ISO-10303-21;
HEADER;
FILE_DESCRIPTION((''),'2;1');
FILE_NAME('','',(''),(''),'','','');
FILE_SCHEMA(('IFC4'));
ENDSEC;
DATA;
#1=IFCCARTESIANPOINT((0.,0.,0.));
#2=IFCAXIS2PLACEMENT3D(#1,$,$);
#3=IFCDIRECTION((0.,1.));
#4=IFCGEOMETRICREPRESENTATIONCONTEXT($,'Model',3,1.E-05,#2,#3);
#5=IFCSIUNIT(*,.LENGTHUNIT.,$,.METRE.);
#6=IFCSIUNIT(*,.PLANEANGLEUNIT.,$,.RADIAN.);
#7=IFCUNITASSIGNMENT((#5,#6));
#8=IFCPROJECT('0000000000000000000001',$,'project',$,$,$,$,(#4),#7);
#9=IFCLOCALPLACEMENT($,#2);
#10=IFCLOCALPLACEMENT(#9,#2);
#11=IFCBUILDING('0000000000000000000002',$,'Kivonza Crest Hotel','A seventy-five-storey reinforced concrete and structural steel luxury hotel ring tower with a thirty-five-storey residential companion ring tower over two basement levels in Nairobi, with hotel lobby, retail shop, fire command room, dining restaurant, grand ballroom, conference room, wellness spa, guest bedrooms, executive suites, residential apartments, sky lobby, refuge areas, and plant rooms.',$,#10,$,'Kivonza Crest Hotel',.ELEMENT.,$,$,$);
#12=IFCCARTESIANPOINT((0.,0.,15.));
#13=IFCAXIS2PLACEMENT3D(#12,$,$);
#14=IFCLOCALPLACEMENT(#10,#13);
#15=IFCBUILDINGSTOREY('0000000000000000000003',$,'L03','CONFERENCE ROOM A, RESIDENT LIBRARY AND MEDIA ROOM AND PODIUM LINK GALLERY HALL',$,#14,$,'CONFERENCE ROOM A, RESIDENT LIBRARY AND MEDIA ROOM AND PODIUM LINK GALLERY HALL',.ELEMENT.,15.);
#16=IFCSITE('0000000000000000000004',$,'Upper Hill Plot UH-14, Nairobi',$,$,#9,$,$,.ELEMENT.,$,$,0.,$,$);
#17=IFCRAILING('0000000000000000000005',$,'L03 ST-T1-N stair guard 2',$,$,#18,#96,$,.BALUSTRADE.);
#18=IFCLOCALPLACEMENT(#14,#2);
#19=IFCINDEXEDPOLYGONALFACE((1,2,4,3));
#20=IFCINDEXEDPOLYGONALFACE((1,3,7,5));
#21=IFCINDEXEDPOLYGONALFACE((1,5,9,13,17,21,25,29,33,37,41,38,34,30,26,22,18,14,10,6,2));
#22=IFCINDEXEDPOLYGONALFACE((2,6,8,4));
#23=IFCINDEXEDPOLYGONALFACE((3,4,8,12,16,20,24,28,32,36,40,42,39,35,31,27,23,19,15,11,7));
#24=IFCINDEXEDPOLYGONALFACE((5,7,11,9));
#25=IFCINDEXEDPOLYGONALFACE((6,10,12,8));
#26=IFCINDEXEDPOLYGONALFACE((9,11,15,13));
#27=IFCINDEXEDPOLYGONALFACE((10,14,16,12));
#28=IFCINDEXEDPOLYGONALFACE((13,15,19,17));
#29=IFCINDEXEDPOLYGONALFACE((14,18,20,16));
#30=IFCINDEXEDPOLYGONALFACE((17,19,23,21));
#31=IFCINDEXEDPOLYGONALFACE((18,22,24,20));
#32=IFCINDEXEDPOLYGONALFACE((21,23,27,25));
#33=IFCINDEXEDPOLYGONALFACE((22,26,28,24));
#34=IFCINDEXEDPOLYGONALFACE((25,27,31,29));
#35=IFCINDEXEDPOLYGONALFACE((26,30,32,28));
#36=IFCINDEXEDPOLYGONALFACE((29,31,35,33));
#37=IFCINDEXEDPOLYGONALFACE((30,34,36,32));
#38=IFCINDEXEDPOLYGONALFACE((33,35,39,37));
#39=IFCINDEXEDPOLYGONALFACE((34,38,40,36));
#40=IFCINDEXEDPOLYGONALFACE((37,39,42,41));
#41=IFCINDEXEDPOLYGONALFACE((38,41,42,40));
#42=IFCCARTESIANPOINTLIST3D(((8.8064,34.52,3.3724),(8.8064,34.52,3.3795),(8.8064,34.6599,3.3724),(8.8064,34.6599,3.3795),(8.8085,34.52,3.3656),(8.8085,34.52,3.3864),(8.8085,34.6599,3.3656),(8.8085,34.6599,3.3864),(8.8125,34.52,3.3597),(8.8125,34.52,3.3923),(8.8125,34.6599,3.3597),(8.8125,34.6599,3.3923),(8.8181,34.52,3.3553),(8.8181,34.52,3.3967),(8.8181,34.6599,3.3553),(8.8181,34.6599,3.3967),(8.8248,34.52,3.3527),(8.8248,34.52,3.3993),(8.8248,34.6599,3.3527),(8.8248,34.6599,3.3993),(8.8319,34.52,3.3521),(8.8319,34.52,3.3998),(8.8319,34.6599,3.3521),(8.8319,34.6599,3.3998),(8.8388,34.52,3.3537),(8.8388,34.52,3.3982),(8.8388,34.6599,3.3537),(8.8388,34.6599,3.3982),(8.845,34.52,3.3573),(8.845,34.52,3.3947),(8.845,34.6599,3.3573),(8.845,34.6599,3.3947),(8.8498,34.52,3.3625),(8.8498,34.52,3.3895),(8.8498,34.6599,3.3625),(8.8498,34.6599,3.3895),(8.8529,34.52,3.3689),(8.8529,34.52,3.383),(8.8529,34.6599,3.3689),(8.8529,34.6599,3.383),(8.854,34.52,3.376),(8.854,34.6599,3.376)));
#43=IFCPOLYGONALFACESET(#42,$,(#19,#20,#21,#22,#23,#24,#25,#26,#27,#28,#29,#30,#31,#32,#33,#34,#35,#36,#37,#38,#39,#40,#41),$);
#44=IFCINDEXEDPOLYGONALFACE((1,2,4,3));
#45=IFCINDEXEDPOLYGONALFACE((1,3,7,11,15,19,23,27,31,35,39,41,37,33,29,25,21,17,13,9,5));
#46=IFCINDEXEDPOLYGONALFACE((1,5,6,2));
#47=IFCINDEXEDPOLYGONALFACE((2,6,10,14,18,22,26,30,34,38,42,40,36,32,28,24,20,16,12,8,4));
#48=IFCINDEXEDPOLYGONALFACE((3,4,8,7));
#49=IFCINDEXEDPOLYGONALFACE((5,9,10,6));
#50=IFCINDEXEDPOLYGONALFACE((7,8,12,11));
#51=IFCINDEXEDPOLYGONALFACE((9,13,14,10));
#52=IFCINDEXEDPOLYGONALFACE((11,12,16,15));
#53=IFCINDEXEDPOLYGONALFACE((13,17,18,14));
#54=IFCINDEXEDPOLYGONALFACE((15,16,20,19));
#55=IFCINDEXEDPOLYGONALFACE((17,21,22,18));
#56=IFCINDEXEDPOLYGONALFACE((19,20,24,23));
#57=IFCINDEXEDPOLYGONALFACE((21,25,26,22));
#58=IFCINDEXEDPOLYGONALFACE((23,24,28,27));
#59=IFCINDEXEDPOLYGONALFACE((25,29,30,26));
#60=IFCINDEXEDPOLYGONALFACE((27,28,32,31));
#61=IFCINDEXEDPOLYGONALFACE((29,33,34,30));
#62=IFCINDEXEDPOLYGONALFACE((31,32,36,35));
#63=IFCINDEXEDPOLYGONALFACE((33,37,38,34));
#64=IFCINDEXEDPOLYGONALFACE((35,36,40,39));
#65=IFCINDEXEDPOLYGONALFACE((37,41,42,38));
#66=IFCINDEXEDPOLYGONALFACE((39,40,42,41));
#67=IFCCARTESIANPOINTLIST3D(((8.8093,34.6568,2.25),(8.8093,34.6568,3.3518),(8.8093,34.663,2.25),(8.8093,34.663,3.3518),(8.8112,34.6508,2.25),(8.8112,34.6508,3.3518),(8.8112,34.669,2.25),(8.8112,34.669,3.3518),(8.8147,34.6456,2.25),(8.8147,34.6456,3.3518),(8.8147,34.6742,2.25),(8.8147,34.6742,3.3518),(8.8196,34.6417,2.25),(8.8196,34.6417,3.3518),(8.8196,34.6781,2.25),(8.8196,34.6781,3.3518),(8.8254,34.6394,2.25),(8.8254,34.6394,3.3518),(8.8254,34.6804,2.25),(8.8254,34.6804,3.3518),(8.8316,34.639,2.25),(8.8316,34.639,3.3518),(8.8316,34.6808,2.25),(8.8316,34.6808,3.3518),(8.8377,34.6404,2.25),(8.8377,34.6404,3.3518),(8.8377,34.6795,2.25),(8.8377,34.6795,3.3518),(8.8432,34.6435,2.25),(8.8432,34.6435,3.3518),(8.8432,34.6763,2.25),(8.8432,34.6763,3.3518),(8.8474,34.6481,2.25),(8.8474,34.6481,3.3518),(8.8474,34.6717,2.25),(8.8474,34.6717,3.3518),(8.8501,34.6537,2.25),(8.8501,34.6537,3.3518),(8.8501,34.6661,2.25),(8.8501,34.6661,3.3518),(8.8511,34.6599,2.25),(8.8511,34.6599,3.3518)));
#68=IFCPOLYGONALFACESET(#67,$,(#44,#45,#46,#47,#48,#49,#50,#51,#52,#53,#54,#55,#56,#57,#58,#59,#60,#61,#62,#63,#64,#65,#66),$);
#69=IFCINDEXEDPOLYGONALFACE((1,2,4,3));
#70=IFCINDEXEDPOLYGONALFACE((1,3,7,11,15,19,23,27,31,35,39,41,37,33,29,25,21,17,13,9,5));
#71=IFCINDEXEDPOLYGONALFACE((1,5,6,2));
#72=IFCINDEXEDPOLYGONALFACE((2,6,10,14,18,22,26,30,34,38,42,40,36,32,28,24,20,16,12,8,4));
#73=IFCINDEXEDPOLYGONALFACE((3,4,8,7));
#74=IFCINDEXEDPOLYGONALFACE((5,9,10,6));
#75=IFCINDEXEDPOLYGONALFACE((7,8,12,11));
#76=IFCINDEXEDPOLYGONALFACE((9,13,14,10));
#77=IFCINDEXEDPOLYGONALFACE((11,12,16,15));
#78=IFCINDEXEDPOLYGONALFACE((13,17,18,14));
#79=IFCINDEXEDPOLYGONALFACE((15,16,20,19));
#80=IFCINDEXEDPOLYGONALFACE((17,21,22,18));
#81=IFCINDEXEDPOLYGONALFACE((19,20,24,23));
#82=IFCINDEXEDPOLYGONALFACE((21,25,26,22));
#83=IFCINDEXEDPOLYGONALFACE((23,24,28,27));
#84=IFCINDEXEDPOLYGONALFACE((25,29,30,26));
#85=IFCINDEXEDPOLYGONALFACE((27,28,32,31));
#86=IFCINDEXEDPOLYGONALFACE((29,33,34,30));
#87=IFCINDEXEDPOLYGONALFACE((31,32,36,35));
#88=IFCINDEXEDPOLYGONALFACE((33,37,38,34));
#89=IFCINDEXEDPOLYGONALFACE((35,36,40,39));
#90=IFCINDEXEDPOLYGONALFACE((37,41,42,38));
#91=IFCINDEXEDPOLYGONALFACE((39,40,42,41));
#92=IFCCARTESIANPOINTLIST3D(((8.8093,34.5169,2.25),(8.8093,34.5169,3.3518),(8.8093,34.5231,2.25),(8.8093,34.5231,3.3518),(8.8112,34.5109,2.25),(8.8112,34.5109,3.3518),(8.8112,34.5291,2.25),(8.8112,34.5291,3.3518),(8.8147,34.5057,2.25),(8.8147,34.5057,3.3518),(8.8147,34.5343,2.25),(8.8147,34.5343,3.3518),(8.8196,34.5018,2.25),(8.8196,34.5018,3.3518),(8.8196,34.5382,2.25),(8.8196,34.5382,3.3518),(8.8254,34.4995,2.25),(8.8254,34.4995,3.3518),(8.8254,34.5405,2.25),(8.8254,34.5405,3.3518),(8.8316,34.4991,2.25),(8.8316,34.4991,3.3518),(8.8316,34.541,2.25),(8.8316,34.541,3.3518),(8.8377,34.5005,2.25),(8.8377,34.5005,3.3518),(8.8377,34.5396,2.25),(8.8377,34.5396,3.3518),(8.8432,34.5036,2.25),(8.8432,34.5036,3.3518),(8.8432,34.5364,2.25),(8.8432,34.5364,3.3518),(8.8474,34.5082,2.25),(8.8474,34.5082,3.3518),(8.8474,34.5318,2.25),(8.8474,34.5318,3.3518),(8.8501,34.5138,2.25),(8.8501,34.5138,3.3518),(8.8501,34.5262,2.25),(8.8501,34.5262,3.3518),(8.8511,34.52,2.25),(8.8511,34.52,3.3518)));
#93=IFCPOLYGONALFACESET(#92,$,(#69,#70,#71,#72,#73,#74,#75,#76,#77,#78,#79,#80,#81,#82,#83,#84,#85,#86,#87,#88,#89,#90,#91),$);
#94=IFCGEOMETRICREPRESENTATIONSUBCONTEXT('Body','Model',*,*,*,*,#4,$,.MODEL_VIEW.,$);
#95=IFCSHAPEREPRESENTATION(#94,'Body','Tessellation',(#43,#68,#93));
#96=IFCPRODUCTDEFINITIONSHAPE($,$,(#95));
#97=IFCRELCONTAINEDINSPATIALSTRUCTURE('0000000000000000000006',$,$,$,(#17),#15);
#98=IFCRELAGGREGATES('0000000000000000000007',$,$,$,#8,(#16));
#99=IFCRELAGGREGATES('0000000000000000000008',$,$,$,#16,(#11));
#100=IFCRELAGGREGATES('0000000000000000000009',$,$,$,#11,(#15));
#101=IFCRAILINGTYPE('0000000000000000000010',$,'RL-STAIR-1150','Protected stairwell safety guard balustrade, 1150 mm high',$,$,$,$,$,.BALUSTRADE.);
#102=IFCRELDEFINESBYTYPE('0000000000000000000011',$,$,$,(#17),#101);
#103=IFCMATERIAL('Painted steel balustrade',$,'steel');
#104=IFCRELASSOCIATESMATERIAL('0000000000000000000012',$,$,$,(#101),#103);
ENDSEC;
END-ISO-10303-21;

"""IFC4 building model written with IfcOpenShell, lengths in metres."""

from ifc_helpers import new_model, si_unit, direction, frame, origin, origin_2d, place, context, subcontext, project, spatial, circle, extrude, material, type_object, element, save


model = new_model("IFC4")

# Units and contexts
model_context = context("Model", 3, precision=1e-05, world=origin(), true_north=direction((0.0, 1.0)))
body_context = subcontext(model_context, "Body", "Model", "MODEL_VIEW")
ifc_project = project(units=[si_unit("LENGTHUNIT", "METRE"), si_unit("PLANEANGLEUNIT", "RADIAN")], contexts=[model_context])

# Site, building, storey
site_placement = place(None, origin())
site = spatial("IfcSite", under=ifc_project, at=site_placement, Name="Upper Hill Plot UH-14, Nairobi", CompositionType="ELEMENT", RefElevation=0.0)
building_placement = place(site_placement, origin())
building = spatial("IfcBuilding", under=site, at=building_placement, Name="Kivonza Crest Hotel", Description="A seventy-five-storey reinforced concrete and structural steel luxury hotel ring tower with a thirty-five-storey residential companion ring tower over two basement levels in Nairobi, with hotel lobby, retail shop, fire command room, dining restaurant, grand ballroom, conference room, wellness spa, guest bedrooms, executive suites, residential apartments, sky lobby, refuge areas, and plant rooms.", LongName="Kivonza Crest Hotel", CompositionType="ELEMENT")
storey_placement = place(building_placement, frame((0.0, 0.0, 15.0)))
storey = spatial("IfcBuildingStorey", under=building, at=storey_placement, Name="L03", Description="CONFERENCE ROOM A, RESIDENT LIBRARY AND MEDIA ROOM AND PODIUM LINK GALLERY HALL", LongName="CONFERENCE ROOM A, RESIDENT LIBRARY AND MEDIA ROOM AND PODIUM LINK GALLERY HALL", CompositionType="ELEMENT", Elevation=15.0)

# Railing
ifc_material_1 = material(Name="Painted steel balustrade", Category="steel")
railing_type_1 = type_object("IfcRailingType", Name="RL-STAIR-1150", Description="Protected stairwell safety guard balustrade, 1150 mm high", PredefinedType="BALUSTRADE", material=ifc_material_1)
railing_1_placement = place(storey_placement, frame((8.8301, 34.6599, 2.25)))
element("IfcRailing", 1, at=railing_1_placement, inside=storey, type_object=railing_type_1, Name="L03 ST-T1-N stair guard 2", PredefinedType="BALUSTRADE", context=body_context, shape_type="SweptSolid", body=[
    extrude(circle(Radius=0.0239, at=origin_2d()), frame((0.0, 0.0, 1.126), z_axis=(0.0, -1.0, 0.0), x_axis=(1.0, 0.0, 0.0)), (0.0, 0.0, 1.0), 0.1399),
    extrude(circle(Radius=0.021, at=origin_2d()), origin(), (0.0, 0.0, 1.0), 1.1018),
    extrude(circle(Radius=0.021, at=origin_2d()), frame((0.0, -0.1399, 0.0)), (0.0, 0.0, 1.0), 1.1018),
])

save(model, "model.ifc")
